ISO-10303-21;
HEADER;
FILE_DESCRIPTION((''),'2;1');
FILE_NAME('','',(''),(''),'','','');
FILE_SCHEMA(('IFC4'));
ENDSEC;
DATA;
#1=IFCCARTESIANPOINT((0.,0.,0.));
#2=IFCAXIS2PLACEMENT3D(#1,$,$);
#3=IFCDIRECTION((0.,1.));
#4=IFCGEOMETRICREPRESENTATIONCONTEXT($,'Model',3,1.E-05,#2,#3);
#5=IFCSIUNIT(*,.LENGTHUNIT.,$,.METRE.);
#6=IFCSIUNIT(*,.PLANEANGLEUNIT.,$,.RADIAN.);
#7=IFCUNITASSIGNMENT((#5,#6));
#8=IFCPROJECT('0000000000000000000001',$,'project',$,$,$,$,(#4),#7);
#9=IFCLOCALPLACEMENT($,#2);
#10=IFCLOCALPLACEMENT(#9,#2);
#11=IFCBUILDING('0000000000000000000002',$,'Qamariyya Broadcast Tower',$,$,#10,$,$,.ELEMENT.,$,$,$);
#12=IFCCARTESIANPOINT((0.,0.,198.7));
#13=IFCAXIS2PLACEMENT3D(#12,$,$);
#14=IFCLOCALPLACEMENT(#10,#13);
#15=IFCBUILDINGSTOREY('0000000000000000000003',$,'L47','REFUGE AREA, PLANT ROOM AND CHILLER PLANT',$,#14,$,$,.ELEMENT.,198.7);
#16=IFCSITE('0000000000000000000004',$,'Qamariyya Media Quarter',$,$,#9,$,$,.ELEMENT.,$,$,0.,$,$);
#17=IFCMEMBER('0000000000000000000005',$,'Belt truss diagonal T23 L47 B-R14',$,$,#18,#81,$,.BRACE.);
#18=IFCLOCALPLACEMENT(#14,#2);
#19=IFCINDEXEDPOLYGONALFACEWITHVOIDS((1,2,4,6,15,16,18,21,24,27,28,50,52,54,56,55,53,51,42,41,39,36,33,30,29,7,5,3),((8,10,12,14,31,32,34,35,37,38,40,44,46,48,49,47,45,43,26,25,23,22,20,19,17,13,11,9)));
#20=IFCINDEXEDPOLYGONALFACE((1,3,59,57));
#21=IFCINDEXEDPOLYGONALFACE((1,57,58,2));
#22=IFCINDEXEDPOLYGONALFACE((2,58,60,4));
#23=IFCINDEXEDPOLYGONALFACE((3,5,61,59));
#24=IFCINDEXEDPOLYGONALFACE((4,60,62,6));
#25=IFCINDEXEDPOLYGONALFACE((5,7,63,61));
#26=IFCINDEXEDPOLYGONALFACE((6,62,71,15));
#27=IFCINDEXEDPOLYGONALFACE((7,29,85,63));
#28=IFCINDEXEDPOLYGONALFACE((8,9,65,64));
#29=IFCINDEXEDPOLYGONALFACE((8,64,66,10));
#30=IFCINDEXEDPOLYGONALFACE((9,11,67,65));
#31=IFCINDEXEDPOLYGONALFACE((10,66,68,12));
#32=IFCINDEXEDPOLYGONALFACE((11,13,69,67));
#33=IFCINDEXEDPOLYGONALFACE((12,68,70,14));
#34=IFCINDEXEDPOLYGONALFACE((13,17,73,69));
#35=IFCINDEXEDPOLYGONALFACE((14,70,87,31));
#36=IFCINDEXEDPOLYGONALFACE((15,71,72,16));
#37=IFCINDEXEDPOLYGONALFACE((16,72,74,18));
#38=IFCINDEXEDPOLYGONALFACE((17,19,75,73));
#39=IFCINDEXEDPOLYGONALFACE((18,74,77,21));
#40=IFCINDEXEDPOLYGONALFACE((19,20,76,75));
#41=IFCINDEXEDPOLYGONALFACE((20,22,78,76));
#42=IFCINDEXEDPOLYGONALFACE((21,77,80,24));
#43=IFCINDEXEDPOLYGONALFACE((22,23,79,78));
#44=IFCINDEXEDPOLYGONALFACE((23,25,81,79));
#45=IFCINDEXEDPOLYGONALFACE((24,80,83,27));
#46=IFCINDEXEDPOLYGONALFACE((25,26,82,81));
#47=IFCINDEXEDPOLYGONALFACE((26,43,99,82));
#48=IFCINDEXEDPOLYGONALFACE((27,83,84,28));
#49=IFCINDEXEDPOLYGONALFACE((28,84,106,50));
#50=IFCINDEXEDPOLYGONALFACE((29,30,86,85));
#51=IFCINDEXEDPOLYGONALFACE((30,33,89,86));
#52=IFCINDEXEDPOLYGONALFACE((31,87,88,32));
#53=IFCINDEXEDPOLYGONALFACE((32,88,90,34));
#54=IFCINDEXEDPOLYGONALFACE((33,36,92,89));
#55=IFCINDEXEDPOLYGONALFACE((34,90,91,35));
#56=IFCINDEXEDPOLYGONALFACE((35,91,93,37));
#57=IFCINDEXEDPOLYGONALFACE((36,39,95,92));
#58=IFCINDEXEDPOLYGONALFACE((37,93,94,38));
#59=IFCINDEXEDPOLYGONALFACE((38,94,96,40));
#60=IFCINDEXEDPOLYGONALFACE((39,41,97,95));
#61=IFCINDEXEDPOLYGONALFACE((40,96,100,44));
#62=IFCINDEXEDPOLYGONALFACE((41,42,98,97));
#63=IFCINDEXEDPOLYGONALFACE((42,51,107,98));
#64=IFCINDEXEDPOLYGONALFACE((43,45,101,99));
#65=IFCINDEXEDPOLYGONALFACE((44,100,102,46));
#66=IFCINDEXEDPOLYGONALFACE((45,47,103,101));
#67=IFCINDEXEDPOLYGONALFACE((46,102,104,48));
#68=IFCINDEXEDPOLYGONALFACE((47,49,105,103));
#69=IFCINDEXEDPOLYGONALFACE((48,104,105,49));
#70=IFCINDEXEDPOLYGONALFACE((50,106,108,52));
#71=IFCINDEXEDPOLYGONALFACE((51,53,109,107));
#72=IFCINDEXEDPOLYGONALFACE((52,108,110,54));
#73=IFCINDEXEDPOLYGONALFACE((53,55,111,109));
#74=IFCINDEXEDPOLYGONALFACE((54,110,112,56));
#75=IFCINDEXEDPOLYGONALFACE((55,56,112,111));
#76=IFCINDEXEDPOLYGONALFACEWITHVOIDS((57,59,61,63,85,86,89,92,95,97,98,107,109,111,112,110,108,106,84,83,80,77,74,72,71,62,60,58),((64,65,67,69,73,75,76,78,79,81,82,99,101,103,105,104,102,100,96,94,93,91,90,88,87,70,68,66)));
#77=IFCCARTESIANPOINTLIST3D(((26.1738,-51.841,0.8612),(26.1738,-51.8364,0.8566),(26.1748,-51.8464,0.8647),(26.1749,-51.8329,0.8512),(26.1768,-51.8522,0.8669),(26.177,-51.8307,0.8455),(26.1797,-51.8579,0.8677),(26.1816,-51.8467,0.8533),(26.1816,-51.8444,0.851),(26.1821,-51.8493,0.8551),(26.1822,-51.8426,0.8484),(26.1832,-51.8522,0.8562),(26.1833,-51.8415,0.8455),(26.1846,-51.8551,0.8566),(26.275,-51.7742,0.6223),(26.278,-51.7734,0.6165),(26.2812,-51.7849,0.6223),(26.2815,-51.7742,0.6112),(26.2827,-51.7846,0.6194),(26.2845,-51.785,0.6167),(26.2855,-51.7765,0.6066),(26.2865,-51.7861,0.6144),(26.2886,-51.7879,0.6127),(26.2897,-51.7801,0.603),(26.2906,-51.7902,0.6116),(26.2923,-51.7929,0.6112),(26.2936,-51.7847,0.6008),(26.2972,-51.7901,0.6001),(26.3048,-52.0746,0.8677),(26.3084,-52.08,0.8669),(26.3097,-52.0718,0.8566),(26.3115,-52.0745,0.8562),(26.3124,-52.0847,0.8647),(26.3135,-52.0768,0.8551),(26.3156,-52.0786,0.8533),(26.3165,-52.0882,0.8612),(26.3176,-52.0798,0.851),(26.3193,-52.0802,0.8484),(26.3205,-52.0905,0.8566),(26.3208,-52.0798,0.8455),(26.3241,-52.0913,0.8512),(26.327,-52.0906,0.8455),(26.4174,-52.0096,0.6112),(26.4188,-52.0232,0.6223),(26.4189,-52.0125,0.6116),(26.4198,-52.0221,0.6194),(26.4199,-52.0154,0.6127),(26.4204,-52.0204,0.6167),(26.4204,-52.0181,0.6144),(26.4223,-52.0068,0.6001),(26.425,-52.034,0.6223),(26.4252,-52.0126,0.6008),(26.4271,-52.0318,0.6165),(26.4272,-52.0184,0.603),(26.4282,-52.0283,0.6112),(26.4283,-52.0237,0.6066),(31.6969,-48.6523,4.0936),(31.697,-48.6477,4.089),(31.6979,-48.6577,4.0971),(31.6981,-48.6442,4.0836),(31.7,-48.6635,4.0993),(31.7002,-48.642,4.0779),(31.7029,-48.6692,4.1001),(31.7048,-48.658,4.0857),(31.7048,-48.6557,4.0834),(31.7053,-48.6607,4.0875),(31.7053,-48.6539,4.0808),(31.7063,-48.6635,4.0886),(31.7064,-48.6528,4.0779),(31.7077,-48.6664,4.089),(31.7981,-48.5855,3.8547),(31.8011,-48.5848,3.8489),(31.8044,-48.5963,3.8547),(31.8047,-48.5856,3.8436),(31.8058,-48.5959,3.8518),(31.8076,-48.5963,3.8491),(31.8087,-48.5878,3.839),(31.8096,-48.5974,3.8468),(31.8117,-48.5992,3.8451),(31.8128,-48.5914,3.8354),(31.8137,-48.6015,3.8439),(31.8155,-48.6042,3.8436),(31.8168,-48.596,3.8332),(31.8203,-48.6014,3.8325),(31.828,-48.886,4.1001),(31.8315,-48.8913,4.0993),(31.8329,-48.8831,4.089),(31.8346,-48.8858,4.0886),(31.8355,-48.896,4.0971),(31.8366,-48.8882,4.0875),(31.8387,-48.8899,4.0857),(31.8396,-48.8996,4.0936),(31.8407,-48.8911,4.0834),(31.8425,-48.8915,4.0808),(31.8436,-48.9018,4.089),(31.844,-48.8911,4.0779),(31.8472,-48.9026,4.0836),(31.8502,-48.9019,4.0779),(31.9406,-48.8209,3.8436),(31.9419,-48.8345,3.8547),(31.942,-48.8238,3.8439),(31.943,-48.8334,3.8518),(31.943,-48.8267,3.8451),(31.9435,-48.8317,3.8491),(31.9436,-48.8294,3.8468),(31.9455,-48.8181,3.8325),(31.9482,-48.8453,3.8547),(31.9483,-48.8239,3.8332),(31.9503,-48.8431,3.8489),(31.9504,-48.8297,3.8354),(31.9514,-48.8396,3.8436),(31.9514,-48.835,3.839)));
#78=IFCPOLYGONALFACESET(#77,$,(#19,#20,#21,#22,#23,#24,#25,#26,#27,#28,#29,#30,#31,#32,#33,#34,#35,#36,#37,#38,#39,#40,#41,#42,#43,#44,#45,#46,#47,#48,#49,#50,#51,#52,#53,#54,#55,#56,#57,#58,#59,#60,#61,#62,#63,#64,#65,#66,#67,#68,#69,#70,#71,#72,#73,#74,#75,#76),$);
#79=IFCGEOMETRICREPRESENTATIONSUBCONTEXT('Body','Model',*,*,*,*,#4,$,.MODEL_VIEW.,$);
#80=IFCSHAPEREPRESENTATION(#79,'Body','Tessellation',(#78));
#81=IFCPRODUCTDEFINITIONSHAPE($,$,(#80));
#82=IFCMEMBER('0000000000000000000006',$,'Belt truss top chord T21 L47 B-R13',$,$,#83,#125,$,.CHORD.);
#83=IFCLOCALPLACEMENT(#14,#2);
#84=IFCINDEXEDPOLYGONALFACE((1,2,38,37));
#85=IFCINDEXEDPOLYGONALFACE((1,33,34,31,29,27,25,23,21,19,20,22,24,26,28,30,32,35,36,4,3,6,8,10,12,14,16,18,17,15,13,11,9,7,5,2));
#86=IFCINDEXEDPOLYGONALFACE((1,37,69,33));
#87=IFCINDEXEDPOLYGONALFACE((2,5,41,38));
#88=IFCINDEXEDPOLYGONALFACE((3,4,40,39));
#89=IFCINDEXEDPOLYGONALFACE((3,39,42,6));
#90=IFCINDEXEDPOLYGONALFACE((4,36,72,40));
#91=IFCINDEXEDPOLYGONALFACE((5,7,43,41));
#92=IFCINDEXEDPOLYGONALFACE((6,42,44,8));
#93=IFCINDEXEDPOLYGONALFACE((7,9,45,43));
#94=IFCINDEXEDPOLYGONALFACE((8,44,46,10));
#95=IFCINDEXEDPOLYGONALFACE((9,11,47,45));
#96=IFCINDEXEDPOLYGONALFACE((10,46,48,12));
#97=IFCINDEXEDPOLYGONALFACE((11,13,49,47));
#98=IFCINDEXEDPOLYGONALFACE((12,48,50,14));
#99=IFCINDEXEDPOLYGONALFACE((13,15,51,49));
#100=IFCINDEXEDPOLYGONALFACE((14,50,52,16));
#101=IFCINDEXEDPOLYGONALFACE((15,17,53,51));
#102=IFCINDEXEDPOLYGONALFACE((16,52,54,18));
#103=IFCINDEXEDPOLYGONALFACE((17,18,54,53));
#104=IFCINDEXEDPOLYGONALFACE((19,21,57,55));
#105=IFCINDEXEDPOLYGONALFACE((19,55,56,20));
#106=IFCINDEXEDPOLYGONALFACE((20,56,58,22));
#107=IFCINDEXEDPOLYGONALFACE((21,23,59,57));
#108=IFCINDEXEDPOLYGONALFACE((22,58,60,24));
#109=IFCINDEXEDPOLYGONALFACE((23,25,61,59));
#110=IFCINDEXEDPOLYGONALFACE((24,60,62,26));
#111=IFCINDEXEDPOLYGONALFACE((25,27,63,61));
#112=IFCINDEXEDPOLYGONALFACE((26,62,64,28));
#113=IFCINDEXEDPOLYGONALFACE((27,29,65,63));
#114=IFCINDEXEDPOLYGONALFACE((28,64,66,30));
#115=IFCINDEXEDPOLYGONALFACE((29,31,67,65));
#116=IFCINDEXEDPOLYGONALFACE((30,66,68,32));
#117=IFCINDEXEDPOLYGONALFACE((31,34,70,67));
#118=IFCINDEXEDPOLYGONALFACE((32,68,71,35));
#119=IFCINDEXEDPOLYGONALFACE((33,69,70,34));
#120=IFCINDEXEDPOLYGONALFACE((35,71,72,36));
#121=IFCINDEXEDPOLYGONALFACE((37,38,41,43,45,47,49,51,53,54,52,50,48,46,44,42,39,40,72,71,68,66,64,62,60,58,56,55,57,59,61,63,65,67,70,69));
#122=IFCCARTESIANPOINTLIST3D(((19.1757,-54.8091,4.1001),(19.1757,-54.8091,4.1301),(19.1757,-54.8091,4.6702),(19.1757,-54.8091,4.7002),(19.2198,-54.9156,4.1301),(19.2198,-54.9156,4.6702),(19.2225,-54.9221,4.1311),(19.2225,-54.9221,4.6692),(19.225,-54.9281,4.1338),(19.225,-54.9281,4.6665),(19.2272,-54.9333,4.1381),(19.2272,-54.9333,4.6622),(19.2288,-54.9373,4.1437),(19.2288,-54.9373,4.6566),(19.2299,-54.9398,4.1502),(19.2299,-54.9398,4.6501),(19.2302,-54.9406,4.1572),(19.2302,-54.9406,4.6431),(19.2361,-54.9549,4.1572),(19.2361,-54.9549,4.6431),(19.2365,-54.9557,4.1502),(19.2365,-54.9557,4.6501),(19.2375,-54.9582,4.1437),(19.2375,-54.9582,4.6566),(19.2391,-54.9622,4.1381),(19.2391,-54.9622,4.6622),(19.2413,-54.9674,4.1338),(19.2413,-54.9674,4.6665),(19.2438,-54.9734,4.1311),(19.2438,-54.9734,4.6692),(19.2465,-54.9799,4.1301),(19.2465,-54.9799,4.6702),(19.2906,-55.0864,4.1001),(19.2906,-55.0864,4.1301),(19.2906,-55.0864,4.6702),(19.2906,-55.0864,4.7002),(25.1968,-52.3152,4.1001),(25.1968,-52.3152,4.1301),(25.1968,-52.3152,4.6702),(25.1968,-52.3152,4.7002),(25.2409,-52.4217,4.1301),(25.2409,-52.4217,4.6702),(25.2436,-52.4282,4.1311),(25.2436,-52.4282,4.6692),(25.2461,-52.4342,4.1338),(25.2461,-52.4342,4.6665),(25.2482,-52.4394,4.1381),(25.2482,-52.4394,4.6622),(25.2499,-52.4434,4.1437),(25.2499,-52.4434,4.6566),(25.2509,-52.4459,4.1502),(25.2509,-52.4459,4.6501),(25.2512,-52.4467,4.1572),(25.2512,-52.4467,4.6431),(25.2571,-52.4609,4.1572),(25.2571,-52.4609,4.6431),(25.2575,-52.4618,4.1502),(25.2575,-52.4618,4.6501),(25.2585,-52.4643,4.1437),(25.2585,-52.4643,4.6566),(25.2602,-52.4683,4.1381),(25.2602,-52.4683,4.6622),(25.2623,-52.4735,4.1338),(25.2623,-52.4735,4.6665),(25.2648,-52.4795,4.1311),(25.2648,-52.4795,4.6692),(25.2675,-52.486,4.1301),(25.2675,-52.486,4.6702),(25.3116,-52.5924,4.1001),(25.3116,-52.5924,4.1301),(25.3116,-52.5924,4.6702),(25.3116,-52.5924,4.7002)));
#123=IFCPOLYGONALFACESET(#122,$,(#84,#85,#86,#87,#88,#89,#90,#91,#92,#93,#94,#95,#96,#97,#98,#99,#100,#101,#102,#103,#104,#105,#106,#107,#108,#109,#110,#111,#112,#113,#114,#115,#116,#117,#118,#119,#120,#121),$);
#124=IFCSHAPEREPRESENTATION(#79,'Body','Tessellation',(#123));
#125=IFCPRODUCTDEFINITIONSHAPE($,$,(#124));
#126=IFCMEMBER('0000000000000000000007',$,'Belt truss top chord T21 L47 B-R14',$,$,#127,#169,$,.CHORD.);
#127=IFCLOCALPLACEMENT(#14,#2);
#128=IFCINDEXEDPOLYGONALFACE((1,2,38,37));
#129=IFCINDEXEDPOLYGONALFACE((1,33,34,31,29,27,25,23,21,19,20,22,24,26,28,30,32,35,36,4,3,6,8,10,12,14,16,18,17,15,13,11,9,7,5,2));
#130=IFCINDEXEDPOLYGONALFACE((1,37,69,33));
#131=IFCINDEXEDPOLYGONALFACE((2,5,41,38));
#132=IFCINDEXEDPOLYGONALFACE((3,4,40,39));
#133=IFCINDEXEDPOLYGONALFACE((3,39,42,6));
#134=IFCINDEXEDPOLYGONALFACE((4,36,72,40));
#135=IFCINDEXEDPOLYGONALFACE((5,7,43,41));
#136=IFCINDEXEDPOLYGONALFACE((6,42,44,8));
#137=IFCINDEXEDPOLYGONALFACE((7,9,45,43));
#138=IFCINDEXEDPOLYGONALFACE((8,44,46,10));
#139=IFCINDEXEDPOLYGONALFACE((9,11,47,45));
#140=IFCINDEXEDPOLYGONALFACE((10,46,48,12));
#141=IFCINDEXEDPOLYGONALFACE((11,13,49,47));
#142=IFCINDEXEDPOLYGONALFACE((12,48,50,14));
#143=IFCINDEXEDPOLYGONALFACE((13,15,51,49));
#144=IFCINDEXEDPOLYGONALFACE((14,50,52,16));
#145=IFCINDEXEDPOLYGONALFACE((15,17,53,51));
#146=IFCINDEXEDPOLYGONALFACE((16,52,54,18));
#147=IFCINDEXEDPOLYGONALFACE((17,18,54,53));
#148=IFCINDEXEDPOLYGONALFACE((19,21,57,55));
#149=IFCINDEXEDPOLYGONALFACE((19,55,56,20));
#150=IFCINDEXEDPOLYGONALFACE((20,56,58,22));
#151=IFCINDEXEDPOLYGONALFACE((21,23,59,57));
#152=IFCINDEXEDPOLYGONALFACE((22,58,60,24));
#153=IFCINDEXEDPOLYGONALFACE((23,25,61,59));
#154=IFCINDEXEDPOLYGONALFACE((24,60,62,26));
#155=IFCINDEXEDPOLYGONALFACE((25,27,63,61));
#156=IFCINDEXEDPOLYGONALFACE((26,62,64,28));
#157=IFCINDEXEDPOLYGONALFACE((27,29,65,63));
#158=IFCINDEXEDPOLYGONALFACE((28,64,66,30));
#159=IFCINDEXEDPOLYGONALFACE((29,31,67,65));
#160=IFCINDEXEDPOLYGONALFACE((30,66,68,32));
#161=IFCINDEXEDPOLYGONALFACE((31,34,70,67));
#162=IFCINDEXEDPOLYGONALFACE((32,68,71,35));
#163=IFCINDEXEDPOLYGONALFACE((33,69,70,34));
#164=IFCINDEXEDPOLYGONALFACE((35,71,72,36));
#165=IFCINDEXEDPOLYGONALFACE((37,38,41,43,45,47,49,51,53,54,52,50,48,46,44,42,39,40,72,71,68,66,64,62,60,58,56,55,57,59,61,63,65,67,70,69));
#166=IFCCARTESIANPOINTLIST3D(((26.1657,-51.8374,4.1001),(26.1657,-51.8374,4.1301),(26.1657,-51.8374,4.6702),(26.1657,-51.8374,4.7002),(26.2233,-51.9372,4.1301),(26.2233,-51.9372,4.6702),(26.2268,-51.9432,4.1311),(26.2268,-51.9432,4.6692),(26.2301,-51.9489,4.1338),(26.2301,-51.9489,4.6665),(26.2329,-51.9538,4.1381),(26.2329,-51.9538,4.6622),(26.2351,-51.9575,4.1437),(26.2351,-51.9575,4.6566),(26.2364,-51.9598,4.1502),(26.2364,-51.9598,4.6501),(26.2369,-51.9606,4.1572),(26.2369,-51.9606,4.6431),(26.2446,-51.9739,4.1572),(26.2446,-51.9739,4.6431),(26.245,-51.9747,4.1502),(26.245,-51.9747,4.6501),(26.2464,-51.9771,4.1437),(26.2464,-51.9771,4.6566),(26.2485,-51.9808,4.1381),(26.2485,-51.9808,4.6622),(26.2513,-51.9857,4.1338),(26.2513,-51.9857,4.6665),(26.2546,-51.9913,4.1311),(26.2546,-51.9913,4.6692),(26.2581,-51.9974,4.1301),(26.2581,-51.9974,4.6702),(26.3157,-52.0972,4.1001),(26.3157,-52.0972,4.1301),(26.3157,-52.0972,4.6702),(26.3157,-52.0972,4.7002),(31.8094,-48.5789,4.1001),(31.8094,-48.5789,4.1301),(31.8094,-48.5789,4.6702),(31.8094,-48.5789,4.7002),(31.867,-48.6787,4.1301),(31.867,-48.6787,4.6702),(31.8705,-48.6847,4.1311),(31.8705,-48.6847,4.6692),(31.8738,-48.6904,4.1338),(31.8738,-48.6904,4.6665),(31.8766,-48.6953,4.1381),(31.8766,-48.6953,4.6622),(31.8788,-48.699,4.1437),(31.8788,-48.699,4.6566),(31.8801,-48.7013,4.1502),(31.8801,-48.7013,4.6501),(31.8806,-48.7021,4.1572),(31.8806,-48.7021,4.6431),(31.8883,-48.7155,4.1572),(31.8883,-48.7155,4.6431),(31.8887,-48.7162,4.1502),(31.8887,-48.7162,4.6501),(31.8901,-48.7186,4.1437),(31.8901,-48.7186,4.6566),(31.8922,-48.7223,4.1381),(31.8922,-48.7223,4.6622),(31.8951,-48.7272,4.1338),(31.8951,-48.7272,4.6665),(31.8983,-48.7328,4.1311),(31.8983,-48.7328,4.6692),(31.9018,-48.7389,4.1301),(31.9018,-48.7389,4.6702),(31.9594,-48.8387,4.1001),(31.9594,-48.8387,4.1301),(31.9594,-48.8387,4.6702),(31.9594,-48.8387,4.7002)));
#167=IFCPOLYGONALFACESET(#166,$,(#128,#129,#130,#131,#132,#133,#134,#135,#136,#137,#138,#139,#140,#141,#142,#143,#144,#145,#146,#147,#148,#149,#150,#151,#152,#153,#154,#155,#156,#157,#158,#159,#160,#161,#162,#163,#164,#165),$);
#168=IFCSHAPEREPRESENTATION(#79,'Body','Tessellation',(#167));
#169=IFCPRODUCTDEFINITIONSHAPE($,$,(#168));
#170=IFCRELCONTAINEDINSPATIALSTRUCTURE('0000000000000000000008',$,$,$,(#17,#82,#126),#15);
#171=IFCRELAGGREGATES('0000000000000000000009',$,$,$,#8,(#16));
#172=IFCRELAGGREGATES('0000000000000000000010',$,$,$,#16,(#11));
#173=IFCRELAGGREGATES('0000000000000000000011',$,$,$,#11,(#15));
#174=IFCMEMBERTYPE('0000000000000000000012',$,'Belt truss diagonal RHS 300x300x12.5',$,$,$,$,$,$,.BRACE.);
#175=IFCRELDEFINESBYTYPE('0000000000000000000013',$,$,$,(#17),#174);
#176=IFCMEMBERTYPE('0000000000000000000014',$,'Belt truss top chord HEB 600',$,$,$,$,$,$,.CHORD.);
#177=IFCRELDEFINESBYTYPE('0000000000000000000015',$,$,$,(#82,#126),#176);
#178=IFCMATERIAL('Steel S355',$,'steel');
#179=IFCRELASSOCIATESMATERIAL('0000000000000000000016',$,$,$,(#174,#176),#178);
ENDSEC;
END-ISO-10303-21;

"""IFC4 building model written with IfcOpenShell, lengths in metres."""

from ifc_helpers import new_model, si_unit, direction, frame, origin, origin_2d, place, context, subcontext, project, spatial, hollow_rectangle, i_section, extrude, material, material_profile, profile_set, type_object, element, save


model = new_model("IFC4")

# Units and contexts
model_context = context("Model", 3, precision=1e-05, world=origin(), true_north=direction((0.0, 1.0)))
body_context = subcontext(model_context, "Body", "Model", "MODEL_VIEW")
ifc_project = project(units=[si_unit("LENGTHUNIT", "METRE"), si_unit("PLANEANGLEUNIT", "RADIAN")], contexts=[model_context])

# Site, building, storey
site_placement = place(None, origin())
site = spatial("IfcSite", under=ifc_project, at=site_placement, Name="Qamariyya Media Quarter", CompositionType="ELEMENT", RefElevation=0.0)
building_placement = place(site_placement, origin())
building = spatial("IfcBuilding", under=site, at=building_placement, Name="Qamariyya Broadcast Tower", CompositionType="ELEMENT")
storey_placement = place(building_placement, frame((0.0, 0.0, 198.7)))
storey = spatial("IfcBuildingStorey", under=building, at=storey_placement, Name="L47", Description="REFUGE AREA, PLANT ROOM AND CHILLER PLANT", CompositionType="ELEMENT", Elevation=198.7)

# Members
ifc_material_1 = material(Name="Steel S355", Category="steel")
ifc_material_profile_1 = material_profile(ifc_material_1, hollow_rectangle(XDim=0.3, YDim=0.3, WallThickness=0.0125, InnerFilletRadius=0.0125, OuterFilletRadius=0.0249, at=origin_2d()))
ifc_profile_set_1 = profile_set([ifc_material_profile_1], Name="Steel S355")
member_type_1 = type_object("IfcMemberType", Name="Belt truss diagonal RHS 300x300x12.5", PredefinedType="BRACE", material=ifc_profile_set_1)
for number, where, z_axis, x_axis, name in (
    (1, (26.301, -51.9324, 0.7339), (0.772477, 0.445976, 0.452088), (-0.499989, 0.866032, 0.0), "Belt truss diagonal T23 L47 B-R14"),
):
    element("IfcMember", number, at=place(storey_placement, frame(where, z_axis=z_axis, x_axis=x_axis)), inside=storey, type_object=member_type_1, Name=name, PredefinedType="BRACE", context=body_context, shape_type="SweptSolid", body=[
        extrude(hollow_rectangle(XDim=0.3, YDim=0.3, WallThickness=0.0125, InnerFilletRadius=0.0125, OuterFilletRadius=0.0249, at=origin_2d()), origin(), (0.0, 0.0, 1.0), 7.1499),
    ])
ifc_material_profile_2 = material_profile(ifc_material_1, i_section(OverallWidth=0.3, OverallDepth=0.6001, WebThickness=0.0154, FlangeThickness=0.03, FilletRadius=0.0271, at=origin_2d()))
ifc_profile_set_2 = profile_set([ifc_material_profile_2], Name="Steel S355")
member_type_2 = type_object("IfcMemberType", Name="Belt truss top chord HEB 600", PredefinedType="CHORD", material=ifc_profile_set_2)
member_1_placement = place(storey_placement, frame((19.2332, -54.9478, 4.4001), z_axis=(0.923884, 0.382673, 0.0), x_axis=(-0.382673, 0.923884, 0.0)))
element("IfcMember", 2, at=member_1_placement, inside=storey, type_object=member_type_2, Name="Belt truss top chord T21 L47 B-R13", PredefinedType="CHORD", context=body_context, shape_type="SweptSolid", body=[
    extrude(i_section(OverallWidth=0.3, OverallDepth=0.6001, WebThickness=0.0154, FlangeThickness=0.03, FilletRadius=0.0271, at=origin_2d()), origin(), (0.0, 0.0, 1.0), 6.5171),
])
member_2_placement = place(storey_placement, frame((26.2407, -51.9673, 4.4001), z_axis=(0.866019, 0.500011, 0.0), x_axis=(-0.500011, 0.866019, 0.0)))
element("IfcMember", 3, at=member_2_placement, inside=storey, type_object=member_type_2, Name="Belt truss top chord T21 L47 B-R14", PredefinedType="CHORD", context=body_context, shape_type="SweptSolid", body=[
    extrude(i_section(OverallWidth=0.3, OverallDepth=0.6001, WebThickness=0.0154, FlangeThickness=0.03, FilletRadius=0.0271, at=origin_2d()), origin(), (0.0, 0.0, 1.0), 6.5168),
])

save(model, "model.ifc")
